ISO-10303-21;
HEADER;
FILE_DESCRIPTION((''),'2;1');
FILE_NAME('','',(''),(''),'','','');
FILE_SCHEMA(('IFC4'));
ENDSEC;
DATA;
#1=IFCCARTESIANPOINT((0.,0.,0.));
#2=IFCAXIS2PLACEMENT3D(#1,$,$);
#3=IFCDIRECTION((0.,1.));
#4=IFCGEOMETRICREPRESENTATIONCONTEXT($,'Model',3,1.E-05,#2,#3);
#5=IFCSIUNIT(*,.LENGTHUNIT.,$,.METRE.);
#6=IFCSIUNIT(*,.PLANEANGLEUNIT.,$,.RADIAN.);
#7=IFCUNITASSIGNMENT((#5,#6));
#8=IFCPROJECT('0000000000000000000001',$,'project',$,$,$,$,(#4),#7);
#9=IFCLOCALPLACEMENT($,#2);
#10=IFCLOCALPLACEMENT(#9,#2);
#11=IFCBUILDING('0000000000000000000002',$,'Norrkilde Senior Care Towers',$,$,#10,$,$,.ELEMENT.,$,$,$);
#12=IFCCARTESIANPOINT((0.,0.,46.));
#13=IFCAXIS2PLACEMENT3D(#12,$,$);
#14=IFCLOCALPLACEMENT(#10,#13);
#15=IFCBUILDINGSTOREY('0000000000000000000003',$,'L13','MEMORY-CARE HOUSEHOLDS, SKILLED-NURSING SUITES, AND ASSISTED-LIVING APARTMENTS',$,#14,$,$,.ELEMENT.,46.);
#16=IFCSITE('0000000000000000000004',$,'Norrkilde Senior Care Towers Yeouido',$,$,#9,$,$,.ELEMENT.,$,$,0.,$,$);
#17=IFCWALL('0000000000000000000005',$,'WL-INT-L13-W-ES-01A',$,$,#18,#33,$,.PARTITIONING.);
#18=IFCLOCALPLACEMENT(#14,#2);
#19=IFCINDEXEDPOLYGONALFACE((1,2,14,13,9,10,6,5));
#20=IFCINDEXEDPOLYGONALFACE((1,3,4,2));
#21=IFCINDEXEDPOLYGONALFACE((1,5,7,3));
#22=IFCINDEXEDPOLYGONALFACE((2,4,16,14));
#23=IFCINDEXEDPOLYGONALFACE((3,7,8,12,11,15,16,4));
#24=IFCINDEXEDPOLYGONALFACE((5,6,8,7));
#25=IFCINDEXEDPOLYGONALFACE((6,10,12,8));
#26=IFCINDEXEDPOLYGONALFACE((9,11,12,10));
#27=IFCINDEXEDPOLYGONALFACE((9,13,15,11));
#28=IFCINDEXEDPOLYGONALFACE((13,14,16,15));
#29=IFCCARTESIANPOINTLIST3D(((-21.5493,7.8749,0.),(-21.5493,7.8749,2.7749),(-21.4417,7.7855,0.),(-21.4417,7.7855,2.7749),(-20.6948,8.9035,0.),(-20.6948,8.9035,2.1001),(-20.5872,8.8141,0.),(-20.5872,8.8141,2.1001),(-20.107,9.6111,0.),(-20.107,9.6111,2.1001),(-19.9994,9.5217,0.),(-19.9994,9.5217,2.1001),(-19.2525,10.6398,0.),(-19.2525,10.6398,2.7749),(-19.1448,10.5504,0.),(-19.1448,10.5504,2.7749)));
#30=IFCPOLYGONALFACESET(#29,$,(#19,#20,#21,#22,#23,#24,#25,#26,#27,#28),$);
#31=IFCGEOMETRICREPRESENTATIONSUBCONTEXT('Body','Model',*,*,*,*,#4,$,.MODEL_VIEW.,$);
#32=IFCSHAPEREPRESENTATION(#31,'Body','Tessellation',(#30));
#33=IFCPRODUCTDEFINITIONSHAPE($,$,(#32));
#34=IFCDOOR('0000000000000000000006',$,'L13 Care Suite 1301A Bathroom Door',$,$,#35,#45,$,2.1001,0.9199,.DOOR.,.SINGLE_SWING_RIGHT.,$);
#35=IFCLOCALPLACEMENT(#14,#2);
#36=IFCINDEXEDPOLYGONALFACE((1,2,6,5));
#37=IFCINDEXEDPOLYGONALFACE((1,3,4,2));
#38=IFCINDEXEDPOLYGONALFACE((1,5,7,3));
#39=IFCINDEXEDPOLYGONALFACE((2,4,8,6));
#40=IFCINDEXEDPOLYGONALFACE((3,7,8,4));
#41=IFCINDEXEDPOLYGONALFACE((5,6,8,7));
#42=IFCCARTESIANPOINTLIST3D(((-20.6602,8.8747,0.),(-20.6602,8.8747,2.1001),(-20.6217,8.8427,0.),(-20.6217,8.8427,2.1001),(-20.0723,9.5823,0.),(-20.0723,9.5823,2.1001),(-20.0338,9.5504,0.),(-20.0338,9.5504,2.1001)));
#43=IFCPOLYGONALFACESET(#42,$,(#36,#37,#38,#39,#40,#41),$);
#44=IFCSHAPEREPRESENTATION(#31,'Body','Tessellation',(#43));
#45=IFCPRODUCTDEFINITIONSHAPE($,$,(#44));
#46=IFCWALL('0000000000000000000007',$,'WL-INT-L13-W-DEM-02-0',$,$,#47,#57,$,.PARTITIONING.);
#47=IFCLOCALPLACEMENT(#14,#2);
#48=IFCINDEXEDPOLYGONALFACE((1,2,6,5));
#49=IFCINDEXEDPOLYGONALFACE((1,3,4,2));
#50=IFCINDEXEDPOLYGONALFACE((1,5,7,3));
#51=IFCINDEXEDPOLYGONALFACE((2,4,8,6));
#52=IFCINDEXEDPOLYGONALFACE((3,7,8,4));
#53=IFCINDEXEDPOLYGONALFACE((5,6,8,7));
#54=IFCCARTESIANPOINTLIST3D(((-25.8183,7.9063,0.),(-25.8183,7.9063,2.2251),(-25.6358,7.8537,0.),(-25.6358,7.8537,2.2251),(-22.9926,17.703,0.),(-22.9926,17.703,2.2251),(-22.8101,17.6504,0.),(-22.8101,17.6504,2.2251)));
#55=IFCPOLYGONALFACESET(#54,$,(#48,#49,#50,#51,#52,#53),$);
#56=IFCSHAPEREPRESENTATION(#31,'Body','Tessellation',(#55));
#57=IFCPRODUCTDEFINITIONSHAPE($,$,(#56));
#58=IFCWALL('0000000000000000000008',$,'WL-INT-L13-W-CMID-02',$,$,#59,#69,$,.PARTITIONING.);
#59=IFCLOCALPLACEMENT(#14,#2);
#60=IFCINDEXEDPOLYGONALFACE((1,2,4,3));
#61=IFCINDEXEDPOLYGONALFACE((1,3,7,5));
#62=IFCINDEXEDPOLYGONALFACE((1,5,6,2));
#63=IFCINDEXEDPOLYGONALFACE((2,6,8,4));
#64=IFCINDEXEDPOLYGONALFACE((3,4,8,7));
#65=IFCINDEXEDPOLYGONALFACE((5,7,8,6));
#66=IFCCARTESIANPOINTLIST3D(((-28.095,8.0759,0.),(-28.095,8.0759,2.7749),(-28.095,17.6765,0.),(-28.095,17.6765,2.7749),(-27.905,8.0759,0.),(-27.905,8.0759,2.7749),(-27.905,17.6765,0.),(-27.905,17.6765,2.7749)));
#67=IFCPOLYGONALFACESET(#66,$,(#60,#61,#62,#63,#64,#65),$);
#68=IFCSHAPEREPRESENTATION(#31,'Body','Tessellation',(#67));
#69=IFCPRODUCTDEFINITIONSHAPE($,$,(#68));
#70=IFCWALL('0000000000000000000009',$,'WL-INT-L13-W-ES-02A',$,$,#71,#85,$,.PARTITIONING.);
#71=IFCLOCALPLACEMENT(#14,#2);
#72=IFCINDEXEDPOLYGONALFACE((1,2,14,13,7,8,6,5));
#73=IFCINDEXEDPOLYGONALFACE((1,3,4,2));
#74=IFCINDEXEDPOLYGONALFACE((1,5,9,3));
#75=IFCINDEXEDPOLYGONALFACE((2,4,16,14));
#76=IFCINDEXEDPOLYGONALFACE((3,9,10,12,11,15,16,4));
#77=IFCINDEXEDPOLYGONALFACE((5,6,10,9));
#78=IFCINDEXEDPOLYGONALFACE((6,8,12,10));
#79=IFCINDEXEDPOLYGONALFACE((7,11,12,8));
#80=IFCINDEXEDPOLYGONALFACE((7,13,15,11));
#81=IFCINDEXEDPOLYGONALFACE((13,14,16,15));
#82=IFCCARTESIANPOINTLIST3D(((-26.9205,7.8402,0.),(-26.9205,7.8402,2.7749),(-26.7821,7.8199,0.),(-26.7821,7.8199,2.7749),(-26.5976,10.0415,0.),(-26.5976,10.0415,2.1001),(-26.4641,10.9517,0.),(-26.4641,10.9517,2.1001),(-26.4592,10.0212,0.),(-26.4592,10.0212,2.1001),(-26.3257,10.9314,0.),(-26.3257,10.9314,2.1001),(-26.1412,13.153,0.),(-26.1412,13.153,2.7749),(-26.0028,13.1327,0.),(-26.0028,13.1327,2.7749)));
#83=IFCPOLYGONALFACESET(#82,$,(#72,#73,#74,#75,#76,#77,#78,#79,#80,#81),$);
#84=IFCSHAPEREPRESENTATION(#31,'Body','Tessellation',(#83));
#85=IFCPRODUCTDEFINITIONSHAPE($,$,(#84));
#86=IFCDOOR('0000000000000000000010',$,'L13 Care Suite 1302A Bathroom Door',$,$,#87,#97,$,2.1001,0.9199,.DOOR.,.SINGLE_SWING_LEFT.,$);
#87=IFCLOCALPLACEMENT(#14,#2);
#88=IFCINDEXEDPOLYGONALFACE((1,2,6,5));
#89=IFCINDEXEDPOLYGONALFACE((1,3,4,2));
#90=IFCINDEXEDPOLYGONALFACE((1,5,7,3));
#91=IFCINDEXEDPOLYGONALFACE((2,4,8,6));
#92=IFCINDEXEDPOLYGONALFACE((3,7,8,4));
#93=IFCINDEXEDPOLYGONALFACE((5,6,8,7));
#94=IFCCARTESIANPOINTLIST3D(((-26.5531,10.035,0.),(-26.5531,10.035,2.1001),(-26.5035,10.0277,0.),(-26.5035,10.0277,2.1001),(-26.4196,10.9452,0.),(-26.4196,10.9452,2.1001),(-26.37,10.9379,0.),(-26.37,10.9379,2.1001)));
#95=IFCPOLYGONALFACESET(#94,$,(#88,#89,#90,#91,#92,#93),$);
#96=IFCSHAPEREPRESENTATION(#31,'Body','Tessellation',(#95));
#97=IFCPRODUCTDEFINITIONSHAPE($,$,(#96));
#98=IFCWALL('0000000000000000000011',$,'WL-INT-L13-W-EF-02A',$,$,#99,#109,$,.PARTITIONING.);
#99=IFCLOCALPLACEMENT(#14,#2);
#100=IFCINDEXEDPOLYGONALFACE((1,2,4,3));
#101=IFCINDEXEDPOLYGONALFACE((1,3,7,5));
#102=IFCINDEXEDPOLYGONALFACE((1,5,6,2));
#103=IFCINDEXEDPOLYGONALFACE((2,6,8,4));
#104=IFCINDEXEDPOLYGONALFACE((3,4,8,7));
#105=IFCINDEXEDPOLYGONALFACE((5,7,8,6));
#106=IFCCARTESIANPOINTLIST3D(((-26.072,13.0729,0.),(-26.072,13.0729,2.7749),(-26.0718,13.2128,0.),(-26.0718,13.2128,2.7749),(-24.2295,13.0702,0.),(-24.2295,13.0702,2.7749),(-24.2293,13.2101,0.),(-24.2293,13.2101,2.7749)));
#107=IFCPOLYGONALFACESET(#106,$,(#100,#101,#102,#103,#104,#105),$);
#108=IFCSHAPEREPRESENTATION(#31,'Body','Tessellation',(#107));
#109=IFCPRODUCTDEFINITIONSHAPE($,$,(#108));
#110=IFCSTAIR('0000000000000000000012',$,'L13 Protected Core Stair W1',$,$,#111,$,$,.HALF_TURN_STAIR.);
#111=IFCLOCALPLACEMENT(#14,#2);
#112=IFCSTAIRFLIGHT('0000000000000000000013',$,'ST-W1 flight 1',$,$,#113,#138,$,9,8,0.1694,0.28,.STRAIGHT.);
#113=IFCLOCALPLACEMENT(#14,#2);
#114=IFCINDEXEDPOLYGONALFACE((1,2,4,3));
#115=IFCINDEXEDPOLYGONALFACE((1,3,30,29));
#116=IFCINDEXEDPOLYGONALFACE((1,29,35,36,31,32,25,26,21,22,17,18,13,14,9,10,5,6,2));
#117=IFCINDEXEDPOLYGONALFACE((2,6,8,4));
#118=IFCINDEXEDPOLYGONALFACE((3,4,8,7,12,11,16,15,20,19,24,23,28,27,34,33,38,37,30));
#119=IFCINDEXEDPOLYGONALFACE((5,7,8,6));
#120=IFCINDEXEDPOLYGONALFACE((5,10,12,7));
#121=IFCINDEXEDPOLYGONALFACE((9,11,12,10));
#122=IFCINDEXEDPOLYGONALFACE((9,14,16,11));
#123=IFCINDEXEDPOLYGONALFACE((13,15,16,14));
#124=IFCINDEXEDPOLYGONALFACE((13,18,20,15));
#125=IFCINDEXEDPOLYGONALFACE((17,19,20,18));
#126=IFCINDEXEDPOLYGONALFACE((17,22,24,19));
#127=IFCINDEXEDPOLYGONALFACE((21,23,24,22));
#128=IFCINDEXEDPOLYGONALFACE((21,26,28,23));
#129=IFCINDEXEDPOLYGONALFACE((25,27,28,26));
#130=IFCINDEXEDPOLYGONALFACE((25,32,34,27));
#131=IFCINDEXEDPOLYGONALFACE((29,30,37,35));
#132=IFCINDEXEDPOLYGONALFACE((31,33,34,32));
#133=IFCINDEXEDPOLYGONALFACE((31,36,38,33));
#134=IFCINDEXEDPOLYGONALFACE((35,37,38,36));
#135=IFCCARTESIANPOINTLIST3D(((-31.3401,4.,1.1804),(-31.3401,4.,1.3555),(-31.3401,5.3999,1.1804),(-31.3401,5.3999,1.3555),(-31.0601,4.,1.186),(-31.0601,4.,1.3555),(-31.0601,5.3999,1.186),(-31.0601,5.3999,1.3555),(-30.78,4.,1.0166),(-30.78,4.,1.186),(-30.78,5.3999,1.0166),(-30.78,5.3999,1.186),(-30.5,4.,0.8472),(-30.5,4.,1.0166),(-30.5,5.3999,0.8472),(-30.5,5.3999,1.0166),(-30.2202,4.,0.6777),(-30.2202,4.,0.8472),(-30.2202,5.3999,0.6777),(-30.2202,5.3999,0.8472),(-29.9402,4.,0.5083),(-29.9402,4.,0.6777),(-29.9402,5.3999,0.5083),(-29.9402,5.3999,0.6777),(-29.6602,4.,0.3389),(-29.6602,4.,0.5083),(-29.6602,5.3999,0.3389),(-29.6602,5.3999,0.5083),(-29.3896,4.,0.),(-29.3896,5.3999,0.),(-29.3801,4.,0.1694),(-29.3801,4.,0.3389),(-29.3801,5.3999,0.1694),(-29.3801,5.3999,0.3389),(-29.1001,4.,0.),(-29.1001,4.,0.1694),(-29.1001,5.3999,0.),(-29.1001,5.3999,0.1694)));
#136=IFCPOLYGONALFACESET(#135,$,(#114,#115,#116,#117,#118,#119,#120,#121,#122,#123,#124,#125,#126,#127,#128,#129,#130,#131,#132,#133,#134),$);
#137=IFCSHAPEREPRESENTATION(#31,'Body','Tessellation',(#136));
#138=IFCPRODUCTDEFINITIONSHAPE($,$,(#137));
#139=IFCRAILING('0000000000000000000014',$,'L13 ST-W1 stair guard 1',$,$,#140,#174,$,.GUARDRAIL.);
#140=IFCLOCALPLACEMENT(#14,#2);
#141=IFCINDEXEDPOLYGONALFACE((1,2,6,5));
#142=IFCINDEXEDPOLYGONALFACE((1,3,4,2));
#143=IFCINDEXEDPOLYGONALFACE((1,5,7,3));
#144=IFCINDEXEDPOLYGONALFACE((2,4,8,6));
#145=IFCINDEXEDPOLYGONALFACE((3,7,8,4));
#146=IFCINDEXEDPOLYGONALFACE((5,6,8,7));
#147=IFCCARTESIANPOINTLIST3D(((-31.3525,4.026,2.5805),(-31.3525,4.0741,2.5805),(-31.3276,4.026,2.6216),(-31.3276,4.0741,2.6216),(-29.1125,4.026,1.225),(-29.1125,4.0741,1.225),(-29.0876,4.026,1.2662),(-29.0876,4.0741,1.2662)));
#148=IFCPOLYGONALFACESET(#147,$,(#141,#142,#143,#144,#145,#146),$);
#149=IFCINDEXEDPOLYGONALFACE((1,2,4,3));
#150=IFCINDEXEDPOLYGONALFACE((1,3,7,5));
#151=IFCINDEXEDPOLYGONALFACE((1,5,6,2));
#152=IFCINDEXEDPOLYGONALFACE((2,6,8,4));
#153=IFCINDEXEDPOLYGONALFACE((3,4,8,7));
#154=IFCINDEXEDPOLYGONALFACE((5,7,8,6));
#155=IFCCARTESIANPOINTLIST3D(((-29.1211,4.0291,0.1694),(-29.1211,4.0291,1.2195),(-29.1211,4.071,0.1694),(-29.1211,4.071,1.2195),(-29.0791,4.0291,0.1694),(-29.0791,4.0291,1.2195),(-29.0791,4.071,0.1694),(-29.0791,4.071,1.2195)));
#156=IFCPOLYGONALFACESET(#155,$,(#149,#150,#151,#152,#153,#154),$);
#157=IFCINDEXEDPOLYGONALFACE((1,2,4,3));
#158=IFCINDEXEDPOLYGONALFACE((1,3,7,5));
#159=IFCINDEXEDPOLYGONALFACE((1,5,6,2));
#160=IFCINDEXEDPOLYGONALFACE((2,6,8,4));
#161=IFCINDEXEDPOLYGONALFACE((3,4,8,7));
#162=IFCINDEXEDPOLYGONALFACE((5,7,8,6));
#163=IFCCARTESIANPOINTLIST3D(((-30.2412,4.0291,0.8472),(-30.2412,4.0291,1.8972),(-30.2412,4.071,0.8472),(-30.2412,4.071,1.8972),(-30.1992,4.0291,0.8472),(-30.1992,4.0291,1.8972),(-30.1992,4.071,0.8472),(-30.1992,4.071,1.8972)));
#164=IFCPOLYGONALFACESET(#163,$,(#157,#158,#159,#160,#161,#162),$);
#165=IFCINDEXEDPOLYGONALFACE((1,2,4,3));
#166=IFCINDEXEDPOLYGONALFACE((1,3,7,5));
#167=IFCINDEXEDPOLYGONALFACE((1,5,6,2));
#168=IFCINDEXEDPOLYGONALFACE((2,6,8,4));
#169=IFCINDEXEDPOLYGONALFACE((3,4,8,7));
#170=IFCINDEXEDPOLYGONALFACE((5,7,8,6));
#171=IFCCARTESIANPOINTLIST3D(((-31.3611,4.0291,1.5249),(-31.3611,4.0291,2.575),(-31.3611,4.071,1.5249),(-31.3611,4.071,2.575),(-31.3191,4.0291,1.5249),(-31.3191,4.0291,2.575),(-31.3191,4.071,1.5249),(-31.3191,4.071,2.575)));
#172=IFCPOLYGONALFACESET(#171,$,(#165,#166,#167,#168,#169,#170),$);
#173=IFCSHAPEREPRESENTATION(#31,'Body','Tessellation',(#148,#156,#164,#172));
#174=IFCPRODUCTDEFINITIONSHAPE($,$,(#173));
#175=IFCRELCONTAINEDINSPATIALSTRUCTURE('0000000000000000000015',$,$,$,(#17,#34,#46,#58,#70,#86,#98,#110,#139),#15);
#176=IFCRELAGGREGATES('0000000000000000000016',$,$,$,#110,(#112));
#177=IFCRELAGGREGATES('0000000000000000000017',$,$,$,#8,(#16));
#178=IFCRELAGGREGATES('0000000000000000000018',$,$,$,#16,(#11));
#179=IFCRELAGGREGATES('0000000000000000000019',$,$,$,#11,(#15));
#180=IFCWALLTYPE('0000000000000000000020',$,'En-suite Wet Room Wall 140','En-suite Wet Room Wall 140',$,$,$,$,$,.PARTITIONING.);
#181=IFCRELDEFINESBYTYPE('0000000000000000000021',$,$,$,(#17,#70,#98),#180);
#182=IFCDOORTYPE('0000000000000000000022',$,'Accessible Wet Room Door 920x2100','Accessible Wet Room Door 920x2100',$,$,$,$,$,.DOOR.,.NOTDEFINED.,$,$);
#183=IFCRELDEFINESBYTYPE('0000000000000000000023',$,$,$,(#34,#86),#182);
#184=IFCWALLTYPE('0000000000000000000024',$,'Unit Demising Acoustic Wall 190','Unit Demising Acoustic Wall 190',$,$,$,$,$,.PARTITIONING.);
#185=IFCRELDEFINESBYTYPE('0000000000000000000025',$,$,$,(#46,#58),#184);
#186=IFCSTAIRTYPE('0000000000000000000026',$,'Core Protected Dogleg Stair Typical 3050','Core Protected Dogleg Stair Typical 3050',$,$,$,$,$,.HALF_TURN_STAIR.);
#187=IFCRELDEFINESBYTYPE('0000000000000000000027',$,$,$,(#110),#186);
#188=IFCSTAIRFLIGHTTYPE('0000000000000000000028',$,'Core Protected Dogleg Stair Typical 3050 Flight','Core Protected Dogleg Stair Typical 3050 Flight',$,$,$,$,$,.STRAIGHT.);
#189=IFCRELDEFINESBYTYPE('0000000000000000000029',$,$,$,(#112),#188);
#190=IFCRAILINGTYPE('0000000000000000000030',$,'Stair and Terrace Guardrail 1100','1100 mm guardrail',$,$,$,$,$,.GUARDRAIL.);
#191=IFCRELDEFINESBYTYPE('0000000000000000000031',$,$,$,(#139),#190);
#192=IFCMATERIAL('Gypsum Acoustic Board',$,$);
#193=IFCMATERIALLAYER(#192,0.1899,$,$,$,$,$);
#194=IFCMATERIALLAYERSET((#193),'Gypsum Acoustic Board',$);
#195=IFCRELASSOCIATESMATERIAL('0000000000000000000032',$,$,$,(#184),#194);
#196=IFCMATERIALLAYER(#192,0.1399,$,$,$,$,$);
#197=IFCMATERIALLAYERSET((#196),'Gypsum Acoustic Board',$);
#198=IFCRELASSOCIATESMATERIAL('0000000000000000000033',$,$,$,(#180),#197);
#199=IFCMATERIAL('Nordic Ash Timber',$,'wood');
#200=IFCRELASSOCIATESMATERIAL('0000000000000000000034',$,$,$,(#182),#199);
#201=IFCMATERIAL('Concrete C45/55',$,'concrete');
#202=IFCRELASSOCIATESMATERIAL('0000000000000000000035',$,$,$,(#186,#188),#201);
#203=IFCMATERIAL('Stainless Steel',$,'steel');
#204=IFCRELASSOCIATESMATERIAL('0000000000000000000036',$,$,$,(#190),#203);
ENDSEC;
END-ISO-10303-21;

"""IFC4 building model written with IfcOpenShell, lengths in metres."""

from ifc_helpers import new_model, si_unit, direction, frame, frame_2d, origin, origin_2d, place, context, subcontext, project, spatial, polyline, rectangle, outline, extrude, source, transform, mapped, material, layer, layer_set, type_object, type_shapes, element, fill, aggregate, save


model = new_model("IFC4")

# Units and contexts
model_context = context("Model", 3, precision=1e-05, world=origin(), true_north=direction((0.0, 1.0)))
body_context = subcontext(model_context, "Body", "Model", "MODEL_VIEW")
ifc_project = project(units=[si_unit("LENGTHUNIT", "METRE"), si_unit("PLANEANGLEUNIT", "RADIAN")], contexts=[model_context])

# Site, building, storey
site_placement = place(None, origin())
site = spatial("IfcSite", under=ifc_project, at=site_placement, Name="Norrkilde Senior Care Towers Yeouido", CompositionType="ELEMENT", RefElevation=0.0)
building_placement = place(site_placement, origin())
building = spatial("IfcBuilding", under=site, at=building_placement, Name="Norrkilde Senior Care Towers", CompositionType="ELEMENT")
storey_placement = place(building_placement, frame((0.0, 0.0, 46.0)))
storey = spatial("IfcBuildingStorey", under=building, at=storey_placement, Name="L13", Description="MEMORY-CARE HOUSEHOLDS, SKILLED-NURSING SUITES, AND ASSISTED-LIVING APARTMENTS", CompositionType="ELEMENT", Elevation=46.0)

# Shared definitions
ifc_material_1 = material(Name="Concrete C45/55", Category="concrete")
ifc_material_2 = material(Name="Gypsum Acoustic Board")
ifc_layer_1 = layer(ifc_material_2, 0.1899)
ifc_layer_set_1 = layer_set([ifc_layer_1], Name="Gypsum Acoustic Board")
wall_type_1 = type_object("IfcWallType", Name="Unit Demising Acoustic Wall 190", Description="Unit Demising Acoustic Wall 190", PredefinedType="PARTITIONING", material=ifc_layer_set_1)

# Wall, opening, door
ifc_layer_2 = layer(ifc_material_2, 0.1399)
ifc_layer_set_2 = layer_set([ifc_layer_2], Name="Gypsum Acoustic Board")
wall_type_2 = type_object("IfcWallType", Name="En-suite Wet Room Wall 140", Description="En-suite Wet Room Wall 140", PredefinedType="PARTITIONING", material=ifc_layer_set_2)
shared_shape_1 = source(origin(), body_context, "Body", "SweptSolid", [
    extrude(rectangle(XDim=3.5945, YDim=0.1399, at=frame_2d((1.7974, 0.0))), origin(), (0.0, 0.0, 1.0), 2.7749),
])
wall_1_placement = place(storey_placement, frame((-21.4956, 7.8301, 0.0), z_axis=(0.0, 0.0, 1.0), x_axis=(0.639001, 0.769206, 0.0)))
wall_1 = element("IfcWall", 1, at=wall_1_placement, inside=storey, type_object=wall_type_2, Name="WL-INT-L13-W-ES-01A", PredefinedType="PARTITIONING", context=body_context, shape_type="MappedRepresentation", body=[
    mapped(shared_shape_1, transform((0.0, 0.0, 0.0), x_axis=(1.0, 0.0, 0.0), y_axis=(0.0, 1.0, 0.0), z_axis=(0.0, 0.0, 1.0), scale=1.0)),
])
opening_1_placement = place(wall_1_placement, frame((1.3374, 0.0, 0.0)))
opening_1 = element("IfcOpeningElement", 2, at=opening_1_placement, cuts=wall_1, PredefinedType="OPENING", context=body_context, shape_type="SweptSolid", body=[
    extrude(rectangle(XDim=0.9199, YDim=2.1001, at=frame_2d((0.46, 1.05))), frame((0.0, 0.0798, 0.0), z_axis=(0.0, -1.0, 0.0), x_axis=(1.0, 0.0, 0.0)), (0.0, 0.0, 1.0), 0.1599),
])
ifc_material_3 = material(Name="Nordic Ash Timber", Category="wood")
door_type_1 = type_object("IfcDoorType", Name="Accessible Wet Room Door 920x2100", Description="Accessible Wet Room Door 920x2100", OperationType="NOTDEFINED", PredefinedType="DOOR", material=ifc_material_3)
shared_shape_2 = source(origin(), body_context, "Body", "SweptSolid", [
    extrude(rectangle(XDim=0.9199, YDim=2.1001, at=frame_2d((0.46, 1.05))), frame((0.0, 0.0249, 0.0), z_axis=(0.0, -1.0, 0.0), x_axis=(1.0, 0.0, 0.0)), (0.0, 0.0, 1.0), 0.05),
])
type_shapes(door_type_1, [shared_shape_2])
door_1_placement = place(opening_1_placement, origin())
door_1 = element("IfcDoor", 3, at=door_1_placement, inside=storey, type_object=door_type_1, Name="L13 Care Suite 1301A Bathroom Door", OperationType="SINGLE_SWING_RIGHT", OverallHeight=2.1001, OverallWidth=0.9199, PredefinedType="DOOR", context=body_context, shape_type="MappedRepresentation", body=[
    mapped(shared_shape_2, transform((0.0, 0.0, 0.0), x_axis=(1.0, 0.0, 0.0), y_axis=(0.0, 1.0, 0.0), z_axis=(0.0, 0.0, 1.0), scale=1.0)),
])
fill(opening_1, door_1)

# Walls
shared_shape_3 = source(origin(), body_context, "Body", "SweptSolid", [
    extrude(rectangle(XDim=10.196, YDim=0.1899, at=frame_2d((5.0981, 0.0))), origin(), (0.0, 0.0, 1.0), 2.2251),
])
wall_2_placement = place(storey_placement, frame((-25.7271, 7.8799, 0.0), z_axis=(0.0, 0.0, 1.0), x_axis=(0.277136, 0.960831, 0.0)))
element("IfcWall", 4, at=wall_2_placement, inside=storey, type_object=wall_type_1, Name="WL-INT-L13-W-DEM-02-0", PredefinedType="PARTITIONING", context=body_context, shape_type="MappedRepresentation", body=[
    mapped(shared_shape_3, transform((0.0, 0.0, 0.0), x_axis=(1.0, 0.0, 0.0), y_axis=(0.0, 1.0, 0.0), z_axis=(0.0, 0.0, 1.0), scale=1.0)),
])
shared_shape_4 = source(origin(), body_context, "Body", "SweptSolid", [
    extrude(rectangle(XDim=9.6006, YDim=0.1899, at=frame_2d((4.8003, 0.0))), origin(), (0.0, 0.0, 1.0), 2.7749),
])
wall_3_placement = place(storey_placement, frame((-28.0, 8.0759, 0.0), z_axis=(0.0, 0.0, 1.0), x_axis=(0.0, 1.0, 0.0)))
element("IfcWall", 5, at=wall_3_placement, inside=storey, type_object=wall_type_1, Name="WL-INT-L13-W-CMID-02", PredefinedType="PARTITIONING", context=body_context, shape_type="MappedRepresentation", body=[
    mapped(shared_shape_4, transform((0.0, 0.0, 0.0), x_axis=(1.0, 0.0, 0.0), y_axis=(0.0, 1.0, 0.0), z_axis=(0.0, 0.0, 1.0), scale=1.0)),
])

# Wall, opening, door
shared_shape_5 = source(origin(), body_context, "Body", "SweptSolid", [
    extrude(rectangle(XDim=5.3696, YDim=0.1399, at=frame_2d((2.6848, 0.0))), origin(), (0.0, 0.0, 1.0), 2.7749),
])
wall_4_placement = place(storey_placement, frame((-26.8513, 7.8301, 0.0), z_axis=(0.0, 0.0, 1.0), x_axis=(0.145131, 0.989412, 0.0)))
wall_4 = element("IfcWall", 6, at=wall_4_placement, inside=storey, type_object=wall_type_2, Name="WL-INT-L13-W-ES-02A", PredefinedType="PARTITIONING", context=body_context, shape_type="MappedRepresentation", body=[
    mapped(shared_shape_5, transform((0.0, 0.0, 0.0), x_axis=(1.0, 0.0, 0.0), y_axis=(0.0, 1.0, 0.0), z_axis=(0.0, 0.0, 1.0), scale=1.0)),
])
opening_2_placement = place(wall_4_placement, frame((2.2249, 0.0, 0.0)))
opening_2 = element("IfcOpeningElement", 7, at=opening_2_placement, cuts=wall_4, PredefinedType="OPENING", context=body_context, shape_type="SweptSolid", body=[
    extrude(rectangle(XDim=0.9199, YDim=2.1001, at=frame_2d((0.46, 1.05))), frame((0.0, 0.0798, 0.0), z_axis=(0.0, -1.0, 0.0), x_axis=(1.0, 0.0, 0.0)), (0.0, 0.0, 1.0), 0.1599),
])
door_2_placement = place(opening_2_placement, origin())
door_2 = element("IfcDoor", 8, at=door_2_placement, inside=storey, type_object=door_type_1, Name="L13 Care Suite 1302A Bathroom Door", OperationType="SINGLE_SWING_LEFT", OverallHeight=2.1001, OverallWidth=0.9199, PredefinedType="DOOR", context=body_context, shape_type="MappedRepresentation", body=[
    mapped(shared_shape_2, transform((0.0, 0.0, 0.0), x_axis=(1.0, 0.0, 0.0), y_axis=(0.0, 1.0, 0.0), z_axis=(0.0, 0.0, 1.0), scale=1.0)),
])
fill(opening_2, door_2)

# Wall
shared_shape_6 = source(origin(), body_context, "Body", "SweptSolid", [
    extrude(rectangle(XDim=1.8425, YDim=0.1399, at=frame_2d((0.9214, 0.0))), origin(), (0.0, 0.0, 1.0), 2.7749),
])
type_shapes(wall_type_2, [shared_shape_1, shared_shape_5, shared_shape_6])
wall_5_placement = place(storey_placement, frame((-26.072, 13.1428, 0.0), z_axis=(0.0, 0.0, 1.0), x_axis=(0.999999, -0.001458, 0.0)))
element("IfcWall", 9, at=wall_5_placement, inside=storey, type_object=wall_type_2, Name="WL-INT-L13-W-EF-02A", PredefinedType="PARTITIONING", context=body_context, shape_type="MappedRepresentation", body=[
    mapped(shared_shape_6, transform((0.0, 0.0, 0.0), x_axis=(1.0, 0.0, 0.0), y_axis=(0.0, 1.0, 0.0), z_axis=(0.0, 0.0, 1.0), scale=1.0)),
])

# Stair, stair flight
stair_type = type_object("IfcStairType", Name="Core Protected Dogleg Stair Typical 3050", Description="Core Protected Dogleg Stair Typical 3050", PredefinedType="HALF_TURN_STAIR", material=ifc_material_1)
stair_placement = place(storey_placement, origin())
stair = element("IfcStair", 10, at=stair_placement, inside=storey, type_object=stair_type, Name="L13 Protected Core Stair W1", PredefinedType="HALF_TURN_STAIR")
stair_flight_type = type_object("IfcStairFlightType", Name="Core Protected Dogleg Stair Typical 3050 Flight", Description="Core Protected Dogleg Stair Typical 3050 Flight", PredefinedType="STRAIGHT", material=ifc_material_1)
stair_flight_placement = place(storey_placement, frame((-29.1001, 4.7, 0.0), z_axis=(0.0, 0.0, 1.0), x_axis=(-1.0, 0.0, 0.0)))
stair_flight = element("IfcStairFlight", 11, at=stair_flight_placement, type_object=stair_flight_type, Name="ST-W1 flight 1", NumberOfRisers=9, NumberOfTreads=8, PredefinedType="STRAIGHT", RiserHeight=0.1694, TreadLength=0.28, context=body_context, shape_type="SweptSolid", body=[
    extrude(outline(polyline([(0.0, 0.0), (0.0, 0.1694), (0.28, 0.1694), (0.28, 0.3389), (0.5601, 0.3389), (0.5601, 0.5083), (0.8401, 0.5083), (0.8401, 0.6777), (1.1201, 0.6777), (1.1201, 0.8472), (1.3999, 0.8472), (1.3999, 1.0166), (1.6799, 1.0166), (1.6799, 1.186), (1.96, 1.186), (1.96, 1.3555), (2.24, 1.3555), (2.24, 1.5249), (2.24, 1.1804), (0.2896, 0.0), (0.0, 0.0)])), frame((0.0, 0.7, 0.0), z_axis=(0.0, -1.0, 0.0), x_axis=(1.0, 0.0, 0.0)), (0.0, 0.0, 1.0), 1.3999),
])
aggregate(stair, [stair_flight])

# Railing
ifc_material_4 = material(Name="Stainless Steel", Category="steel")
railing_type_1 = type_object("IfcRailingType", Name="Stair and Terrace Guardrail 1100", Description="1100 mm guardrail", PredefinedType="GUARDRAIL", material=ifc_material_4)
railing_1_placement = place(storey_placement, frame((-29.1001, 4.05, 0.1694)))
element("IfcRailing", 12, at=railing_1_placement, inside=storey, type_object=railing_type_1, Name="L13 ST-W1 stair guard 1", PredefinedType="GUARDRAIL", context=body_context, shape_type="SweptSolid", body=[
    extrude(rectangle(XDim=0.0481, YDim=0.0481, at=origin_2d()), frame((0.0, 0.0, 1.0762), z_axis=(-0.855553, 0.0, 0.517715), x_axis=(0.0, -1.0, 0.0)), (0.0, 0.0, 1.0), 2.6182),
    extrude(rectangle(XDim=0.042, YDim=0.042, at=origin_2d()), origin(), (0.0, 0.0, 1.0), 1.05),
    extrude(rectangle(XDim=0.042, YDim=0.042, at=origin_2d()), frame((-1.1201, 0.0, 0.6777)), (0.0, 0.0, 1.0), 1.05),
    extrude(rectangle(XDim=0.042, YDim=0.042, at=origin_2d()), frame((-2.24, 0.0, 1.3555)), (0.0, 0.0, 1.0), 1.05),
])

save(model, "model.ifc")
